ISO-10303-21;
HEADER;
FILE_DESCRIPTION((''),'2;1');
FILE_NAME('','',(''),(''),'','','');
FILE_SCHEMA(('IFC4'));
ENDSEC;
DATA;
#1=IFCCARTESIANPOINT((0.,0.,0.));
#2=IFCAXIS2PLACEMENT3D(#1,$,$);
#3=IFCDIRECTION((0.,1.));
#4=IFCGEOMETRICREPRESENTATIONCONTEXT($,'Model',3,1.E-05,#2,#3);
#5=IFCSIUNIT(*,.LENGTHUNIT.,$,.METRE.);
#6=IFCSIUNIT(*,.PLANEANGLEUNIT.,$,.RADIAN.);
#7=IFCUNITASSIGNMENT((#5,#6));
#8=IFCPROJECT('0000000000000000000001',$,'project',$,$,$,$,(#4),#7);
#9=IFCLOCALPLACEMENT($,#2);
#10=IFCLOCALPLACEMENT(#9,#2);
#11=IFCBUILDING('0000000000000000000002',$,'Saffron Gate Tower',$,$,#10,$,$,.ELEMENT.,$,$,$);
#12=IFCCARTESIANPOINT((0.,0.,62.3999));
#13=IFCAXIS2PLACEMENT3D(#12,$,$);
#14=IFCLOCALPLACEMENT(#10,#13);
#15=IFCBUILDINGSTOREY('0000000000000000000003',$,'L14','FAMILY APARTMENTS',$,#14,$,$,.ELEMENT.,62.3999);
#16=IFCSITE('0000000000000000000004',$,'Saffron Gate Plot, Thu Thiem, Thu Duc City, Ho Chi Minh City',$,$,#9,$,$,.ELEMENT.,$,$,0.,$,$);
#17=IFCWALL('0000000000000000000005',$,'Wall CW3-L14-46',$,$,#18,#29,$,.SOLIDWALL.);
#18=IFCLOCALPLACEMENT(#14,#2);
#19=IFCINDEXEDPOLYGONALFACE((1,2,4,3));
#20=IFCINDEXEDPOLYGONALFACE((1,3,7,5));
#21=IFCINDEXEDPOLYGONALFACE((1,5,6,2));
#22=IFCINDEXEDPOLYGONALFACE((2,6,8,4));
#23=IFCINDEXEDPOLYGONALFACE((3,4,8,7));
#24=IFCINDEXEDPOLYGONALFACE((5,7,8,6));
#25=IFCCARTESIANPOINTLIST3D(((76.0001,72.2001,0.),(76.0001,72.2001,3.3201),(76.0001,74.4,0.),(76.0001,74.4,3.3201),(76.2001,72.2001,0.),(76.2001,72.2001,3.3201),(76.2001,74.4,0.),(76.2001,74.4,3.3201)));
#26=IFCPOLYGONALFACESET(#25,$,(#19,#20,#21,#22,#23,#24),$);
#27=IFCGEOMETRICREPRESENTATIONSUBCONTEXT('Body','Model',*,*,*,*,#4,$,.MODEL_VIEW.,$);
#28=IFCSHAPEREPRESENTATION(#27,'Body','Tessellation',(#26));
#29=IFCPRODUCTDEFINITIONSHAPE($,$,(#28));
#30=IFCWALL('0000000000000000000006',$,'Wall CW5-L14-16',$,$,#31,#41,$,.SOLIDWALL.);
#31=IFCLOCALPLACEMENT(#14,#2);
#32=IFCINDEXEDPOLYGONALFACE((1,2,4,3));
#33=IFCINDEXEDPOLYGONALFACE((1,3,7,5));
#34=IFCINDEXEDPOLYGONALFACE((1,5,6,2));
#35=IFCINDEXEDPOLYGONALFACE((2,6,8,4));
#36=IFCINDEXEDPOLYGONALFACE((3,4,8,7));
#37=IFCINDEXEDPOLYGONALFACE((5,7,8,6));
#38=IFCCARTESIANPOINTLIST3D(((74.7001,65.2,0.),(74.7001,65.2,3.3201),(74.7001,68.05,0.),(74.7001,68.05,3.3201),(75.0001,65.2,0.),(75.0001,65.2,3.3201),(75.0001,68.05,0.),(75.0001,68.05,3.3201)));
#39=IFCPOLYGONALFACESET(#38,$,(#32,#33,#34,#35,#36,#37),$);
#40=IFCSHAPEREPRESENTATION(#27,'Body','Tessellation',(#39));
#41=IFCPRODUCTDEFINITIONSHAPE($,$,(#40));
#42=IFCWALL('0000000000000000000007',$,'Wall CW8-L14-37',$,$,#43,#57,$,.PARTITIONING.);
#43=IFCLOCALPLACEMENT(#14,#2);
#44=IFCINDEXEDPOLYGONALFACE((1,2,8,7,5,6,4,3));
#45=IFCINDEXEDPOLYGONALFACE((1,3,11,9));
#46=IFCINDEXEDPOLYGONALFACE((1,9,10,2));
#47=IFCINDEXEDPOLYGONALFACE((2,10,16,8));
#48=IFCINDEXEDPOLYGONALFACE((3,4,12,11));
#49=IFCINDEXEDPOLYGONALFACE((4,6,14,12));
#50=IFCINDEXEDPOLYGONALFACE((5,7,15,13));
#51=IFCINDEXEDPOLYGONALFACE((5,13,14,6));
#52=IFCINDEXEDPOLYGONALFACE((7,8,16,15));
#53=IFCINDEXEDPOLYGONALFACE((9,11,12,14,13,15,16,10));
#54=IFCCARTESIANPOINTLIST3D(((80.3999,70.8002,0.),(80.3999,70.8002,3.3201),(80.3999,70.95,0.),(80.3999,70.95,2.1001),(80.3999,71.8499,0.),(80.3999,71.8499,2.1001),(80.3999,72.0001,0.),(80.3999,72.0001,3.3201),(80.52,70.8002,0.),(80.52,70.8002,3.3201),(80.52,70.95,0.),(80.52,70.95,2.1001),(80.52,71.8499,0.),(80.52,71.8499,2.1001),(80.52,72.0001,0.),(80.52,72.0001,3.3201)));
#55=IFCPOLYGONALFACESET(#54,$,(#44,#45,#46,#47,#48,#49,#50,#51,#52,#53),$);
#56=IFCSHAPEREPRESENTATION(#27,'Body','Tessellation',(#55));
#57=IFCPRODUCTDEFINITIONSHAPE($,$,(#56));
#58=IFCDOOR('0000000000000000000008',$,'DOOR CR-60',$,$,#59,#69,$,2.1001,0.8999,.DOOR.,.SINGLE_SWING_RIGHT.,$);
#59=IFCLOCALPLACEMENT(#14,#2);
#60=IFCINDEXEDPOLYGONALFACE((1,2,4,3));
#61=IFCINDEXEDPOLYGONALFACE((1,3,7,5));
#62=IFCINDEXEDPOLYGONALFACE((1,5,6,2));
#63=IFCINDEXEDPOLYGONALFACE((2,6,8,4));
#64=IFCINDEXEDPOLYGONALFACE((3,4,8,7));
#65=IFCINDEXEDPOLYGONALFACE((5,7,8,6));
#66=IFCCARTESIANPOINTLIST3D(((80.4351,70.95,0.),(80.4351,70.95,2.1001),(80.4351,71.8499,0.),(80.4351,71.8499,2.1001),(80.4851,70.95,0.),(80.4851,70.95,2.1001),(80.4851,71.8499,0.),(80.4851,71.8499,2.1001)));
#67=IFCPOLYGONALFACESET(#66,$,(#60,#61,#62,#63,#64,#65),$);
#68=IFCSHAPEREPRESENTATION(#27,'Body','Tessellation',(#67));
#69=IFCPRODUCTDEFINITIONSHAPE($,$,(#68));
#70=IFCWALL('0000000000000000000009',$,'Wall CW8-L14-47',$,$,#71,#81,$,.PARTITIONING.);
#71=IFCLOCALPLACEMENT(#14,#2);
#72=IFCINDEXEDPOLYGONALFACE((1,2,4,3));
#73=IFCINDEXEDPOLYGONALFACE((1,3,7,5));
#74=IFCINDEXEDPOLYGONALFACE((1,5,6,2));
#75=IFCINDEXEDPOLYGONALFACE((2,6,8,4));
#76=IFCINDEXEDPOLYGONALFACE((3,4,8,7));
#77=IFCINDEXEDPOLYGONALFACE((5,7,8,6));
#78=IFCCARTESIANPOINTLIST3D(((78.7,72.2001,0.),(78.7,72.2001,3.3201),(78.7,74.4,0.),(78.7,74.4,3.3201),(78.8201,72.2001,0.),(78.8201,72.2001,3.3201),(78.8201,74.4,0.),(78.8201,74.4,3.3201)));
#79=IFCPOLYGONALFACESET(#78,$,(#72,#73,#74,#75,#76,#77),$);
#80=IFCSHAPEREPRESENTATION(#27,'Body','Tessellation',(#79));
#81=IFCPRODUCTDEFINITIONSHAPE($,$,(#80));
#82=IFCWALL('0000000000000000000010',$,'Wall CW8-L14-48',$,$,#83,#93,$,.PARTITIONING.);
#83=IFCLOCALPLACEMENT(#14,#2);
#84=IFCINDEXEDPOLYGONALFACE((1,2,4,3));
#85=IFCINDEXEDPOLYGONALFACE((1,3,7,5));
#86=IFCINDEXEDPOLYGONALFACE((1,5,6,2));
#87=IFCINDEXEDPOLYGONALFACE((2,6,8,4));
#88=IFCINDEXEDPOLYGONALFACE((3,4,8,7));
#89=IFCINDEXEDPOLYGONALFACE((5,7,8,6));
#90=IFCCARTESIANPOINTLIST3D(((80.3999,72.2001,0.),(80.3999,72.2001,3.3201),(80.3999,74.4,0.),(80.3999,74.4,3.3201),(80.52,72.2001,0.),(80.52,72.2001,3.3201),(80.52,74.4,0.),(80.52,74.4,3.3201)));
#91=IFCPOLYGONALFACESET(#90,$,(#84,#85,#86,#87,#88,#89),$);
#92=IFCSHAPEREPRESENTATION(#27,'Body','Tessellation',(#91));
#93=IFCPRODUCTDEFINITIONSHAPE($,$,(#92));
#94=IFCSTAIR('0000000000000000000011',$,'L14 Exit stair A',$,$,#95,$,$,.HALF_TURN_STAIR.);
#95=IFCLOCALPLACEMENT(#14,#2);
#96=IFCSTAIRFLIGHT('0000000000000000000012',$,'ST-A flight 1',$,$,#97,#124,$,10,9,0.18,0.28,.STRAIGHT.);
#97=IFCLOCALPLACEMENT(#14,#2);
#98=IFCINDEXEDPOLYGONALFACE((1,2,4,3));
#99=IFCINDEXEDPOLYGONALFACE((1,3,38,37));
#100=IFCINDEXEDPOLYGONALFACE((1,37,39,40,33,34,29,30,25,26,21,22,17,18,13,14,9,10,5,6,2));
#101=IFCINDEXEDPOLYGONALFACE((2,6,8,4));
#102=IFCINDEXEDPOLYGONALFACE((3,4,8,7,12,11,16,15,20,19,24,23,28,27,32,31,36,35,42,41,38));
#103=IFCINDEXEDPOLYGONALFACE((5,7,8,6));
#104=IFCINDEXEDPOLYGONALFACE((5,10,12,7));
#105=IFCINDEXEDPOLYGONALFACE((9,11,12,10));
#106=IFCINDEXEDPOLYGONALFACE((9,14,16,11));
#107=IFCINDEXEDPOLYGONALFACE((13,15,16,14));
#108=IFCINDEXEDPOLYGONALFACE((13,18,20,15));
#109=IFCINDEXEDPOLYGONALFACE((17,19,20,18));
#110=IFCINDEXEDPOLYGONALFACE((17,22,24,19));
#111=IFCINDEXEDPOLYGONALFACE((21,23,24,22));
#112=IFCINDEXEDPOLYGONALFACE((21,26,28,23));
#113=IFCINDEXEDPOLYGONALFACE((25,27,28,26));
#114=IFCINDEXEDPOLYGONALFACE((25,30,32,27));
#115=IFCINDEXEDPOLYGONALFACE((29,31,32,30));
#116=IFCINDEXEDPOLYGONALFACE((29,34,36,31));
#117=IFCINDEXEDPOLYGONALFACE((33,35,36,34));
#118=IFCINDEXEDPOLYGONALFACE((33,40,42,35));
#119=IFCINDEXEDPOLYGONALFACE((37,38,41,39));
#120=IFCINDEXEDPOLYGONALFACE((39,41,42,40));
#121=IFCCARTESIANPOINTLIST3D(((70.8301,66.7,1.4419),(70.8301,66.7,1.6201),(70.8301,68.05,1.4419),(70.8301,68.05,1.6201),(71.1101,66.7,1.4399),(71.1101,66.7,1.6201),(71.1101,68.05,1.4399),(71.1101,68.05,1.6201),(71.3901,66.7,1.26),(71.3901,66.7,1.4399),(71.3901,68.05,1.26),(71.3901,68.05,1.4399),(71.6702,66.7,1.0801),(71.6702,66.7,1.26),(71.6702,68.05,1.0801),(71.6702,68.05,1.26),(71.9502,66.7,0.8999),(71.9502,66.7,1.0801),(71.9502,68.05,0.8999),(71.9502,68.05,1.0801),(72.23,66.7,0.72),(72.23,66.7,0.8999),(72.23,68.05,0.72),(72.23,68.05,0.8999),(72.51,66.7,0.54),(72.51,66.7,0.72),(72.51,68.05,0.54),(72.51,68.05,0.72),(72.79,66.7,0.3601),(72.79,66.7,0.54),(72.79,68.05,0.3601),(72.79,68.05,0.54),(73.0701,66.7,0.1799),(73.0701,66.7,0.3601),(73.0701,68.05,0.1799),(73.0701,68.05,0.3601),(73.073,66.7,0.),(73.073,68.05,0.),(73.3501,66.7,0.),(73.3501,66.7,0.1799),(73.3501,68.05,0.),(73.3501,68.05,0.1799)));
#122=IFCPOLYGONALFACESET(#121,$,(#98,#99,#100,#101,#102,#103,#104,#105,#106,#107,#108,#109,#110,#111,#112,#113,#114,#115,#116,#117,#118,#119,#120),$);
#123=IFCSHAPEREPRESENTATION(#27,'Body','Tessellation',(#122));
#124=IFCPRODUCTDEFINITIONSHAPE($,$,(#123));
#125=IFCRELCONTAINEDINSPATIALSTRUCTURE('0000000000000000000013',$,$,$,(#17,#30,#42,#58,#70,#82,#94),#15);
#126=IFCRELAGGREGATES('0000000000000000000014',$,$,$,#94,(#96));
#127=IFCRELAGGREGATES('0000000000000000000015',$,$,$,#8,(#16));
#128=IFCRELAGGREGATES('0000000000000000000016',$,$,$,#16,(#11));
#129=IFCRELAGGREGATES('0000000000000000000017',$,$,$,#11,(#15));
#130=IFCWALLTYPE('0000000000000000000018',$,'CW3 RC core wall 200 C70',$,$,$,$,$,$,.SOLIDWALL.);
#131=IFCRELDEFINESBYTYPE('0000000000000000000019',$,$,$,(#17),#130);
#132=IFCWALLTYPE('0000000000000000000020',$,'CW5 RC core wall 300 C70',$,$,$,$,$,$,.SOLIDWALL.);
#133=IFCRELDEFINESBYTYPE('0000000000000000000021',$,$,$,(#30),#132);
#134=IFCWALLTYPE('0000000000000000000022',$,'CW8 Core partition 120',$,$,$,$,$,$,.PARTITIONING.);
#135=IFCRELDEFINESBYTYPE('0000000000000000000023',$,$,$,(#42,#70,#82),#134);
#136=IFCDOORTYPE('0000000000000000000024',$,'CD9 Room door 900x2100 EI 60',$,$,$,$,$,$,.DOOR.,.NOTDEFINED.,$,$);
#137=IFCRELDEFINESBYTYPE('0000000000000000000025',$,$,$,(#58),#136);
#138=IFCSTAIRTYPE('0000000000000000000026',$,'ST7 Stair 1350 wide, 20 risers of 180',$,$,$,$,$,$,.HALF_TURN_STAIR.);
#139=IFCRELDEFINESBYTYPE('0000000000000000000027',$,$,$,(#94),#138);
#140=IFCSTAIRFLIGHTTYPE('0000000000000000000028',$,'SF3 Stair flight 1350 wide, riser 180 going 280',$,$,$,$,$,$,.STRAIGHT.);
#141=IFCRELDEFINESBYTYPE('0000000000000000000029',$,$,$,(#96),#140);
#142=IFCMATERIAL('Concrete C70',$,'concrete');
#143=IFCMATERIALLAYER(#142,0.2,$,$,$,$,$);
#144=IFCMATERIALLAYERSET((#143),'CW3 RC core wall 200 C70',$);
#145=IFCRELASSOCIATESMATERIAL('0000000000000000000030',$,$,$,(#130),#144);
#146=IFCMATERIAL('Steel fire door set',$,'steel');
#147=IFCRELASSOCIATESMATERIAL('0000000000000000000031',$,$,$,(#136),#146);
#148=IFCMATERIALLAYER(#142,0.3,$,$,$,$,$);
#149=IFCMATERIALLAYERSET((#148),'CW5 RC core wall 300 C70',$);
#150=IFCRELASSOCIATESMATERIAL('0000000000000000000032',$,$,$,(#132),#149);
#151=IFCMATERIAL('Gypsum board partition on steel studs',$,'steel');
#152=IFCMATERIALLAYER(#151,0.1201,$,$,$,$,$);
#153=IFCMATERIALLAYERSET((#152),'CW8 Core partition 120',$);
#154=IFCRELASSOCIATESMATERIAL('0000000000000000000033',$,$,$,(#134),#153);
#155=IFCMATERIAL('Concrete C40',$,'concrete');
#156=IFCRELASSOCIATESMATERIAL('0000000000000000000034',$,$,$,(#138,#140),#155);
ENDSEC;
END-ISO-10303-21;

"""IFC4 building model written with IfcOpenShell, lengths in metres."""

from ifc_helpers import new_model, si_unit, direction, frame, frame_2d, origin, place, context, subcontext, project, spatial, polyline, rectangle, outline, extrude, material, layer, layer_set, type_object, element, fill, aggregate, save


model = new_model("IFC4")

# Units and contexts
model_context = context("Model", 3, precision=1e-05, world=origin(), true_north=direction((0.0, 1.0)))
body_context = subcontext(model_context, "Body", "Model", "MODEL_VIEW")
ifc_project = project(units=[si_unit("LENGTHUNIT", "METRE"), si_unit("PLANEANGLEUNIT", "RADIAN")], contexts=[model_context])

# Site, building, storey
site_placement = place(None, origin())
site = spatial("IfcSite", under=ifc_project, at=site_placement, Name="Saffron Gate Plot, Thu Thiem, Thu Duc City, Ho Chi Minh City", CompositionType="ELEMENT", RefElevation=0.0)
building_placement = place(site_placement, origin())
building = spatial("IfcBuilding", under=site, at=building_placement, Name="Saffron Gate Tower", CompositionType="ELEMENT")
storey_placement = place(building_placement, frame((0.0, 0.0, 62.3999)))
storey = spatial("IfcBuildingStorey", under=building, at=storey_placement, Name="L14", Description="FAMILY APARTMENTS", CompositionType="ELEMENT", Elevation=62.3999)

# Shared definitions
ifc_material_1 = material(Name="Concrete C70", Category="concrete")

# Shared definitions
ifc_layer_1 = layer(ifc_material_1, 0.2)
ifc_layer_set_1 = layer_set([ifc_layer_1], Name="CW3 RC core wall 200 C70")
wall_type_1 = type_object("IfcWallType", Name="CW3 RC core wall 200 C70", PredefinedType="SOLIDWALL", material=ifc_layer_set_1)
ifc_material_2 = material(Name="Steel fire door set", Category="steel")
door_type_1 = type_object("IfcDoorType", Name="CD9 Room door 900x2100 EI 60", OperationType="NOTDEFINED", PredefinedType="DOOR", material=ifc_material_2)

# Walls
wall_1_placement = place(storey_placement, frame((76.1001, 72.2, 0.0), z_axis=(0.0, 0.0, 1.0), x_axis=(0.0, 1.0, 0.0)))
element("IfcWall", 1, at=wall_1_placement, inside=storey, type_object=wall_type_1, Name="Wall CW3-L14-46", PredefinedType="SOLIDWALL", context=body_context, shape_type="SweptSolid", body=[
    extrude(rectangle(XDim=2.2, YDim=0.2, at=frame_2d((1.1001, 0.0))), origin(), (0.0, 0.0, 1.0), 3.3201),
])
ifc_layer_2 = layer(ifc_material_1, 0.3)
ifc_layer_set_2 = layer_set([ifc_layer_2], Name="CW5 RC core wall 300 C70")
wall_type_2 = type_object("IfcWallType", Name="CW5 RC core wall 300 C70", PredefinedType="SOLIDWALL", material=ifc_layer_set_2)
wall_2_placement = place(storey_placement, frame((74.8501, 65.2, 0.0), z_axis=(0.0, 0.0, 1.0), x_axis=(0.0, 1.0, 0.0)))
element("IfcWall", 2, at=wall_2_placement, inside=storey, type_object=wall_type_2, Name="Wall CW5-L14-16", PredefinedType="SOLIDWALL", context=body_context, shape_type="SweptSolid", body=[
    extrude(rectangle(XDim=2.8501, YDim=0.3, at=frame_2d((1.425, 0.0))), origin(), (0.0, 0.0, 1.0), 3.3201),
])

# Wall, opening, door
ifc_material_3 = material(Name="Gypsum board partition on steel studs", Category="steel")
ifc_layer_3 = layer(ifc_material_3, 0.1201)
ifc_layer_set_3 = layer_set([ifc_layer_3], Name="CW8 Core partition 120")
wall_type_3 = type_object("IfcWallType", Name="CW8 Core partition 120", PredefinedType="PARTITIONING", material=ifc_layer_set_3)
wall_3_placement = place(storey_placement, frame((80.46, 70.8, 0.0), z_axis=(0.0, 0.0, 1.0), x_axis=(0.0, 1.0, 0.0)))
wall_3 = element("IfcWall", 3, at=wall_3_placement, inside=storey, type_object=wall_type_3, Name="Wall CW8-L14-37", PredefinedType="PARTITIONING", context=body_context, shape_type="SweptSolid", body=[
    extrude(rectangle(XDim=1.2, YDim=0.1201, at=frame_2d((0.6001, 0.0))), origin(), (0.0, 0.0, 1.0), 3.3201),
])
opening_1_placement = place(wall_3_placement, frame((0.1499, 0.0, 0.0)))
opening_1 = element("IfcOpeningElement", 4, at=opening_1_placement, cuts=wall_3, PredefinedType="OPENING", context=body_context, shape_type="SweptSolid", body=[
    extrude(rectangle(XDim=0.8999, YDim=2.1001, at=frame_2d((0.45, 1.05))), frame((0.0, 0.0701, 0.0), z_axis=(0.0, -1.0, 0.0), x_axis=(1.0, 0.0, 0.0)), (0.0, 0.0, 1.0), 0.1401),
])
door_1_placement = place(opening_1_placement, origin())
door_1 = element("IfcDoor", 5, at=door_1_placement, inside=storey, type_object=door_type_1, Name="DOOR CR-60", OperationType="SINGLE_SWING_RIGHT", OverallHeight=2.1001, OverallWidth=0.8999, PredefinedType="DOOR", context=body_context, shape_type="SweptSolid", body=[
    extrude(rectangle(XDim=0.8999, YDim=2.1001, at=frame_2d((0.45, 1.05))), frame((0.0, 0.0249, 0.0), z_axis=(0.0, -1.0, 0.0), x_axis=(1.0, 0.0, 0.0)), (0.0, 0.0, 1.0), 0.05),
])
fill(opening_1, door_1)

# Walls
for number, where, z_axis, x_axis, name in (
    (6, (78.76, 72.2, 0.0), (0.0, 0.0, 1.0), (0.0, 1.0, 0.0), "Wall CW8-L14-47"),
    (7, (80.46, 72.2, 0.0), (0.0, 0.0, 1.0), (0.0, 1.0, 0.0), "Wall CW8-L14-48"),
):
    element("IfcWall", number, at=place(storey_placement, frame(where, z_axis=z_axis, x_axis=x_axis)), inside=storey, type_object=wall_type_3, Name=name, PredefinedType="PARTITIONING", context=body_context, shape_type="SweptSolid", body=[
        extrude(rectangle(XDim=2.2, YDim=0.1201, at=frame_2d((1.1001, 0.0))), origin(), (0.0, 0.0, 1.0), 3.3201),
    ])

# Stair, stair flight
ifc_material_4 = material(Name="Concrete C40", Category="concrete")
stair_type = type_object("IfcStairType", Name="ST7 Stair 1350 wide, 20 risers of 180", PredefinedType="HALF_TURN_STAIR", material=ifc_material_4)
stair_placement = place(storey_placement, origin())
stair = element("IfcStair", 8, at=stair_placement, inside=storey, type_object=stair_type, Name="L14 Exit stair A", PredefinedType="HALF_TURN_STAIR")
stair_flight_type = type_object("IfcStairFlightType", Name="SF3 Stair flight 1350 wide, riser 180 going 280", PredefinedType="STRAIGHT", material=ifc_material_4)
stair_flight_placement = place(storey_placement, frame((73.3501, 67.375, 0.0), z_axis=(0.0, 0.0, 1.0), x_axis=(-1.0, 0.0, 0.0)))
stair_flight = element("IfcStairFlight", 9, at=stair_flight_placement, type_object=stair_flight_type, Name="ST-A flight 1", NumberOfRisers=10, NumberOfTreads=9, PredefinedType="STRAIGHT", RiserHeight=0.18, TreadLength=0.28, context=body_context, shape_type="SweptSolid", body=[
    extrude(outline(polyline([(0.0, 0.0), (0.0, 0.1799), (0.28, 0.1799), (0.28, 0.3601), (0.5601, 0.3601), (0.5601, 0.54), (0.8401, 0.54), (0.8401, 0.72), (1.1201, 0.72), (1.1201, 0.8999), (1.3999, 0.8999), (1.3999, 1.0801), (1.6799, 1.0801), (1.6799, 1.26), (1.96, 1.26), (1.96, 1.4399), (2.24, 1.4399), (2.24, 1.6201), (2.52, 1.6201), (2.52, 1.8), (2.52, 1.4419), (0.2771, 0.0), (0.0, 0.0)])), frame((0.0, 0.675, 0.0), z_axis=(0.0, -1.0, 0.0), x_axis=(1.0, 0.0, 0.0)), (0.0, 0.0, 1.0), 1.3501),
])
aggregate(stair, [stair_flight])

save(model, "model.ifc")
